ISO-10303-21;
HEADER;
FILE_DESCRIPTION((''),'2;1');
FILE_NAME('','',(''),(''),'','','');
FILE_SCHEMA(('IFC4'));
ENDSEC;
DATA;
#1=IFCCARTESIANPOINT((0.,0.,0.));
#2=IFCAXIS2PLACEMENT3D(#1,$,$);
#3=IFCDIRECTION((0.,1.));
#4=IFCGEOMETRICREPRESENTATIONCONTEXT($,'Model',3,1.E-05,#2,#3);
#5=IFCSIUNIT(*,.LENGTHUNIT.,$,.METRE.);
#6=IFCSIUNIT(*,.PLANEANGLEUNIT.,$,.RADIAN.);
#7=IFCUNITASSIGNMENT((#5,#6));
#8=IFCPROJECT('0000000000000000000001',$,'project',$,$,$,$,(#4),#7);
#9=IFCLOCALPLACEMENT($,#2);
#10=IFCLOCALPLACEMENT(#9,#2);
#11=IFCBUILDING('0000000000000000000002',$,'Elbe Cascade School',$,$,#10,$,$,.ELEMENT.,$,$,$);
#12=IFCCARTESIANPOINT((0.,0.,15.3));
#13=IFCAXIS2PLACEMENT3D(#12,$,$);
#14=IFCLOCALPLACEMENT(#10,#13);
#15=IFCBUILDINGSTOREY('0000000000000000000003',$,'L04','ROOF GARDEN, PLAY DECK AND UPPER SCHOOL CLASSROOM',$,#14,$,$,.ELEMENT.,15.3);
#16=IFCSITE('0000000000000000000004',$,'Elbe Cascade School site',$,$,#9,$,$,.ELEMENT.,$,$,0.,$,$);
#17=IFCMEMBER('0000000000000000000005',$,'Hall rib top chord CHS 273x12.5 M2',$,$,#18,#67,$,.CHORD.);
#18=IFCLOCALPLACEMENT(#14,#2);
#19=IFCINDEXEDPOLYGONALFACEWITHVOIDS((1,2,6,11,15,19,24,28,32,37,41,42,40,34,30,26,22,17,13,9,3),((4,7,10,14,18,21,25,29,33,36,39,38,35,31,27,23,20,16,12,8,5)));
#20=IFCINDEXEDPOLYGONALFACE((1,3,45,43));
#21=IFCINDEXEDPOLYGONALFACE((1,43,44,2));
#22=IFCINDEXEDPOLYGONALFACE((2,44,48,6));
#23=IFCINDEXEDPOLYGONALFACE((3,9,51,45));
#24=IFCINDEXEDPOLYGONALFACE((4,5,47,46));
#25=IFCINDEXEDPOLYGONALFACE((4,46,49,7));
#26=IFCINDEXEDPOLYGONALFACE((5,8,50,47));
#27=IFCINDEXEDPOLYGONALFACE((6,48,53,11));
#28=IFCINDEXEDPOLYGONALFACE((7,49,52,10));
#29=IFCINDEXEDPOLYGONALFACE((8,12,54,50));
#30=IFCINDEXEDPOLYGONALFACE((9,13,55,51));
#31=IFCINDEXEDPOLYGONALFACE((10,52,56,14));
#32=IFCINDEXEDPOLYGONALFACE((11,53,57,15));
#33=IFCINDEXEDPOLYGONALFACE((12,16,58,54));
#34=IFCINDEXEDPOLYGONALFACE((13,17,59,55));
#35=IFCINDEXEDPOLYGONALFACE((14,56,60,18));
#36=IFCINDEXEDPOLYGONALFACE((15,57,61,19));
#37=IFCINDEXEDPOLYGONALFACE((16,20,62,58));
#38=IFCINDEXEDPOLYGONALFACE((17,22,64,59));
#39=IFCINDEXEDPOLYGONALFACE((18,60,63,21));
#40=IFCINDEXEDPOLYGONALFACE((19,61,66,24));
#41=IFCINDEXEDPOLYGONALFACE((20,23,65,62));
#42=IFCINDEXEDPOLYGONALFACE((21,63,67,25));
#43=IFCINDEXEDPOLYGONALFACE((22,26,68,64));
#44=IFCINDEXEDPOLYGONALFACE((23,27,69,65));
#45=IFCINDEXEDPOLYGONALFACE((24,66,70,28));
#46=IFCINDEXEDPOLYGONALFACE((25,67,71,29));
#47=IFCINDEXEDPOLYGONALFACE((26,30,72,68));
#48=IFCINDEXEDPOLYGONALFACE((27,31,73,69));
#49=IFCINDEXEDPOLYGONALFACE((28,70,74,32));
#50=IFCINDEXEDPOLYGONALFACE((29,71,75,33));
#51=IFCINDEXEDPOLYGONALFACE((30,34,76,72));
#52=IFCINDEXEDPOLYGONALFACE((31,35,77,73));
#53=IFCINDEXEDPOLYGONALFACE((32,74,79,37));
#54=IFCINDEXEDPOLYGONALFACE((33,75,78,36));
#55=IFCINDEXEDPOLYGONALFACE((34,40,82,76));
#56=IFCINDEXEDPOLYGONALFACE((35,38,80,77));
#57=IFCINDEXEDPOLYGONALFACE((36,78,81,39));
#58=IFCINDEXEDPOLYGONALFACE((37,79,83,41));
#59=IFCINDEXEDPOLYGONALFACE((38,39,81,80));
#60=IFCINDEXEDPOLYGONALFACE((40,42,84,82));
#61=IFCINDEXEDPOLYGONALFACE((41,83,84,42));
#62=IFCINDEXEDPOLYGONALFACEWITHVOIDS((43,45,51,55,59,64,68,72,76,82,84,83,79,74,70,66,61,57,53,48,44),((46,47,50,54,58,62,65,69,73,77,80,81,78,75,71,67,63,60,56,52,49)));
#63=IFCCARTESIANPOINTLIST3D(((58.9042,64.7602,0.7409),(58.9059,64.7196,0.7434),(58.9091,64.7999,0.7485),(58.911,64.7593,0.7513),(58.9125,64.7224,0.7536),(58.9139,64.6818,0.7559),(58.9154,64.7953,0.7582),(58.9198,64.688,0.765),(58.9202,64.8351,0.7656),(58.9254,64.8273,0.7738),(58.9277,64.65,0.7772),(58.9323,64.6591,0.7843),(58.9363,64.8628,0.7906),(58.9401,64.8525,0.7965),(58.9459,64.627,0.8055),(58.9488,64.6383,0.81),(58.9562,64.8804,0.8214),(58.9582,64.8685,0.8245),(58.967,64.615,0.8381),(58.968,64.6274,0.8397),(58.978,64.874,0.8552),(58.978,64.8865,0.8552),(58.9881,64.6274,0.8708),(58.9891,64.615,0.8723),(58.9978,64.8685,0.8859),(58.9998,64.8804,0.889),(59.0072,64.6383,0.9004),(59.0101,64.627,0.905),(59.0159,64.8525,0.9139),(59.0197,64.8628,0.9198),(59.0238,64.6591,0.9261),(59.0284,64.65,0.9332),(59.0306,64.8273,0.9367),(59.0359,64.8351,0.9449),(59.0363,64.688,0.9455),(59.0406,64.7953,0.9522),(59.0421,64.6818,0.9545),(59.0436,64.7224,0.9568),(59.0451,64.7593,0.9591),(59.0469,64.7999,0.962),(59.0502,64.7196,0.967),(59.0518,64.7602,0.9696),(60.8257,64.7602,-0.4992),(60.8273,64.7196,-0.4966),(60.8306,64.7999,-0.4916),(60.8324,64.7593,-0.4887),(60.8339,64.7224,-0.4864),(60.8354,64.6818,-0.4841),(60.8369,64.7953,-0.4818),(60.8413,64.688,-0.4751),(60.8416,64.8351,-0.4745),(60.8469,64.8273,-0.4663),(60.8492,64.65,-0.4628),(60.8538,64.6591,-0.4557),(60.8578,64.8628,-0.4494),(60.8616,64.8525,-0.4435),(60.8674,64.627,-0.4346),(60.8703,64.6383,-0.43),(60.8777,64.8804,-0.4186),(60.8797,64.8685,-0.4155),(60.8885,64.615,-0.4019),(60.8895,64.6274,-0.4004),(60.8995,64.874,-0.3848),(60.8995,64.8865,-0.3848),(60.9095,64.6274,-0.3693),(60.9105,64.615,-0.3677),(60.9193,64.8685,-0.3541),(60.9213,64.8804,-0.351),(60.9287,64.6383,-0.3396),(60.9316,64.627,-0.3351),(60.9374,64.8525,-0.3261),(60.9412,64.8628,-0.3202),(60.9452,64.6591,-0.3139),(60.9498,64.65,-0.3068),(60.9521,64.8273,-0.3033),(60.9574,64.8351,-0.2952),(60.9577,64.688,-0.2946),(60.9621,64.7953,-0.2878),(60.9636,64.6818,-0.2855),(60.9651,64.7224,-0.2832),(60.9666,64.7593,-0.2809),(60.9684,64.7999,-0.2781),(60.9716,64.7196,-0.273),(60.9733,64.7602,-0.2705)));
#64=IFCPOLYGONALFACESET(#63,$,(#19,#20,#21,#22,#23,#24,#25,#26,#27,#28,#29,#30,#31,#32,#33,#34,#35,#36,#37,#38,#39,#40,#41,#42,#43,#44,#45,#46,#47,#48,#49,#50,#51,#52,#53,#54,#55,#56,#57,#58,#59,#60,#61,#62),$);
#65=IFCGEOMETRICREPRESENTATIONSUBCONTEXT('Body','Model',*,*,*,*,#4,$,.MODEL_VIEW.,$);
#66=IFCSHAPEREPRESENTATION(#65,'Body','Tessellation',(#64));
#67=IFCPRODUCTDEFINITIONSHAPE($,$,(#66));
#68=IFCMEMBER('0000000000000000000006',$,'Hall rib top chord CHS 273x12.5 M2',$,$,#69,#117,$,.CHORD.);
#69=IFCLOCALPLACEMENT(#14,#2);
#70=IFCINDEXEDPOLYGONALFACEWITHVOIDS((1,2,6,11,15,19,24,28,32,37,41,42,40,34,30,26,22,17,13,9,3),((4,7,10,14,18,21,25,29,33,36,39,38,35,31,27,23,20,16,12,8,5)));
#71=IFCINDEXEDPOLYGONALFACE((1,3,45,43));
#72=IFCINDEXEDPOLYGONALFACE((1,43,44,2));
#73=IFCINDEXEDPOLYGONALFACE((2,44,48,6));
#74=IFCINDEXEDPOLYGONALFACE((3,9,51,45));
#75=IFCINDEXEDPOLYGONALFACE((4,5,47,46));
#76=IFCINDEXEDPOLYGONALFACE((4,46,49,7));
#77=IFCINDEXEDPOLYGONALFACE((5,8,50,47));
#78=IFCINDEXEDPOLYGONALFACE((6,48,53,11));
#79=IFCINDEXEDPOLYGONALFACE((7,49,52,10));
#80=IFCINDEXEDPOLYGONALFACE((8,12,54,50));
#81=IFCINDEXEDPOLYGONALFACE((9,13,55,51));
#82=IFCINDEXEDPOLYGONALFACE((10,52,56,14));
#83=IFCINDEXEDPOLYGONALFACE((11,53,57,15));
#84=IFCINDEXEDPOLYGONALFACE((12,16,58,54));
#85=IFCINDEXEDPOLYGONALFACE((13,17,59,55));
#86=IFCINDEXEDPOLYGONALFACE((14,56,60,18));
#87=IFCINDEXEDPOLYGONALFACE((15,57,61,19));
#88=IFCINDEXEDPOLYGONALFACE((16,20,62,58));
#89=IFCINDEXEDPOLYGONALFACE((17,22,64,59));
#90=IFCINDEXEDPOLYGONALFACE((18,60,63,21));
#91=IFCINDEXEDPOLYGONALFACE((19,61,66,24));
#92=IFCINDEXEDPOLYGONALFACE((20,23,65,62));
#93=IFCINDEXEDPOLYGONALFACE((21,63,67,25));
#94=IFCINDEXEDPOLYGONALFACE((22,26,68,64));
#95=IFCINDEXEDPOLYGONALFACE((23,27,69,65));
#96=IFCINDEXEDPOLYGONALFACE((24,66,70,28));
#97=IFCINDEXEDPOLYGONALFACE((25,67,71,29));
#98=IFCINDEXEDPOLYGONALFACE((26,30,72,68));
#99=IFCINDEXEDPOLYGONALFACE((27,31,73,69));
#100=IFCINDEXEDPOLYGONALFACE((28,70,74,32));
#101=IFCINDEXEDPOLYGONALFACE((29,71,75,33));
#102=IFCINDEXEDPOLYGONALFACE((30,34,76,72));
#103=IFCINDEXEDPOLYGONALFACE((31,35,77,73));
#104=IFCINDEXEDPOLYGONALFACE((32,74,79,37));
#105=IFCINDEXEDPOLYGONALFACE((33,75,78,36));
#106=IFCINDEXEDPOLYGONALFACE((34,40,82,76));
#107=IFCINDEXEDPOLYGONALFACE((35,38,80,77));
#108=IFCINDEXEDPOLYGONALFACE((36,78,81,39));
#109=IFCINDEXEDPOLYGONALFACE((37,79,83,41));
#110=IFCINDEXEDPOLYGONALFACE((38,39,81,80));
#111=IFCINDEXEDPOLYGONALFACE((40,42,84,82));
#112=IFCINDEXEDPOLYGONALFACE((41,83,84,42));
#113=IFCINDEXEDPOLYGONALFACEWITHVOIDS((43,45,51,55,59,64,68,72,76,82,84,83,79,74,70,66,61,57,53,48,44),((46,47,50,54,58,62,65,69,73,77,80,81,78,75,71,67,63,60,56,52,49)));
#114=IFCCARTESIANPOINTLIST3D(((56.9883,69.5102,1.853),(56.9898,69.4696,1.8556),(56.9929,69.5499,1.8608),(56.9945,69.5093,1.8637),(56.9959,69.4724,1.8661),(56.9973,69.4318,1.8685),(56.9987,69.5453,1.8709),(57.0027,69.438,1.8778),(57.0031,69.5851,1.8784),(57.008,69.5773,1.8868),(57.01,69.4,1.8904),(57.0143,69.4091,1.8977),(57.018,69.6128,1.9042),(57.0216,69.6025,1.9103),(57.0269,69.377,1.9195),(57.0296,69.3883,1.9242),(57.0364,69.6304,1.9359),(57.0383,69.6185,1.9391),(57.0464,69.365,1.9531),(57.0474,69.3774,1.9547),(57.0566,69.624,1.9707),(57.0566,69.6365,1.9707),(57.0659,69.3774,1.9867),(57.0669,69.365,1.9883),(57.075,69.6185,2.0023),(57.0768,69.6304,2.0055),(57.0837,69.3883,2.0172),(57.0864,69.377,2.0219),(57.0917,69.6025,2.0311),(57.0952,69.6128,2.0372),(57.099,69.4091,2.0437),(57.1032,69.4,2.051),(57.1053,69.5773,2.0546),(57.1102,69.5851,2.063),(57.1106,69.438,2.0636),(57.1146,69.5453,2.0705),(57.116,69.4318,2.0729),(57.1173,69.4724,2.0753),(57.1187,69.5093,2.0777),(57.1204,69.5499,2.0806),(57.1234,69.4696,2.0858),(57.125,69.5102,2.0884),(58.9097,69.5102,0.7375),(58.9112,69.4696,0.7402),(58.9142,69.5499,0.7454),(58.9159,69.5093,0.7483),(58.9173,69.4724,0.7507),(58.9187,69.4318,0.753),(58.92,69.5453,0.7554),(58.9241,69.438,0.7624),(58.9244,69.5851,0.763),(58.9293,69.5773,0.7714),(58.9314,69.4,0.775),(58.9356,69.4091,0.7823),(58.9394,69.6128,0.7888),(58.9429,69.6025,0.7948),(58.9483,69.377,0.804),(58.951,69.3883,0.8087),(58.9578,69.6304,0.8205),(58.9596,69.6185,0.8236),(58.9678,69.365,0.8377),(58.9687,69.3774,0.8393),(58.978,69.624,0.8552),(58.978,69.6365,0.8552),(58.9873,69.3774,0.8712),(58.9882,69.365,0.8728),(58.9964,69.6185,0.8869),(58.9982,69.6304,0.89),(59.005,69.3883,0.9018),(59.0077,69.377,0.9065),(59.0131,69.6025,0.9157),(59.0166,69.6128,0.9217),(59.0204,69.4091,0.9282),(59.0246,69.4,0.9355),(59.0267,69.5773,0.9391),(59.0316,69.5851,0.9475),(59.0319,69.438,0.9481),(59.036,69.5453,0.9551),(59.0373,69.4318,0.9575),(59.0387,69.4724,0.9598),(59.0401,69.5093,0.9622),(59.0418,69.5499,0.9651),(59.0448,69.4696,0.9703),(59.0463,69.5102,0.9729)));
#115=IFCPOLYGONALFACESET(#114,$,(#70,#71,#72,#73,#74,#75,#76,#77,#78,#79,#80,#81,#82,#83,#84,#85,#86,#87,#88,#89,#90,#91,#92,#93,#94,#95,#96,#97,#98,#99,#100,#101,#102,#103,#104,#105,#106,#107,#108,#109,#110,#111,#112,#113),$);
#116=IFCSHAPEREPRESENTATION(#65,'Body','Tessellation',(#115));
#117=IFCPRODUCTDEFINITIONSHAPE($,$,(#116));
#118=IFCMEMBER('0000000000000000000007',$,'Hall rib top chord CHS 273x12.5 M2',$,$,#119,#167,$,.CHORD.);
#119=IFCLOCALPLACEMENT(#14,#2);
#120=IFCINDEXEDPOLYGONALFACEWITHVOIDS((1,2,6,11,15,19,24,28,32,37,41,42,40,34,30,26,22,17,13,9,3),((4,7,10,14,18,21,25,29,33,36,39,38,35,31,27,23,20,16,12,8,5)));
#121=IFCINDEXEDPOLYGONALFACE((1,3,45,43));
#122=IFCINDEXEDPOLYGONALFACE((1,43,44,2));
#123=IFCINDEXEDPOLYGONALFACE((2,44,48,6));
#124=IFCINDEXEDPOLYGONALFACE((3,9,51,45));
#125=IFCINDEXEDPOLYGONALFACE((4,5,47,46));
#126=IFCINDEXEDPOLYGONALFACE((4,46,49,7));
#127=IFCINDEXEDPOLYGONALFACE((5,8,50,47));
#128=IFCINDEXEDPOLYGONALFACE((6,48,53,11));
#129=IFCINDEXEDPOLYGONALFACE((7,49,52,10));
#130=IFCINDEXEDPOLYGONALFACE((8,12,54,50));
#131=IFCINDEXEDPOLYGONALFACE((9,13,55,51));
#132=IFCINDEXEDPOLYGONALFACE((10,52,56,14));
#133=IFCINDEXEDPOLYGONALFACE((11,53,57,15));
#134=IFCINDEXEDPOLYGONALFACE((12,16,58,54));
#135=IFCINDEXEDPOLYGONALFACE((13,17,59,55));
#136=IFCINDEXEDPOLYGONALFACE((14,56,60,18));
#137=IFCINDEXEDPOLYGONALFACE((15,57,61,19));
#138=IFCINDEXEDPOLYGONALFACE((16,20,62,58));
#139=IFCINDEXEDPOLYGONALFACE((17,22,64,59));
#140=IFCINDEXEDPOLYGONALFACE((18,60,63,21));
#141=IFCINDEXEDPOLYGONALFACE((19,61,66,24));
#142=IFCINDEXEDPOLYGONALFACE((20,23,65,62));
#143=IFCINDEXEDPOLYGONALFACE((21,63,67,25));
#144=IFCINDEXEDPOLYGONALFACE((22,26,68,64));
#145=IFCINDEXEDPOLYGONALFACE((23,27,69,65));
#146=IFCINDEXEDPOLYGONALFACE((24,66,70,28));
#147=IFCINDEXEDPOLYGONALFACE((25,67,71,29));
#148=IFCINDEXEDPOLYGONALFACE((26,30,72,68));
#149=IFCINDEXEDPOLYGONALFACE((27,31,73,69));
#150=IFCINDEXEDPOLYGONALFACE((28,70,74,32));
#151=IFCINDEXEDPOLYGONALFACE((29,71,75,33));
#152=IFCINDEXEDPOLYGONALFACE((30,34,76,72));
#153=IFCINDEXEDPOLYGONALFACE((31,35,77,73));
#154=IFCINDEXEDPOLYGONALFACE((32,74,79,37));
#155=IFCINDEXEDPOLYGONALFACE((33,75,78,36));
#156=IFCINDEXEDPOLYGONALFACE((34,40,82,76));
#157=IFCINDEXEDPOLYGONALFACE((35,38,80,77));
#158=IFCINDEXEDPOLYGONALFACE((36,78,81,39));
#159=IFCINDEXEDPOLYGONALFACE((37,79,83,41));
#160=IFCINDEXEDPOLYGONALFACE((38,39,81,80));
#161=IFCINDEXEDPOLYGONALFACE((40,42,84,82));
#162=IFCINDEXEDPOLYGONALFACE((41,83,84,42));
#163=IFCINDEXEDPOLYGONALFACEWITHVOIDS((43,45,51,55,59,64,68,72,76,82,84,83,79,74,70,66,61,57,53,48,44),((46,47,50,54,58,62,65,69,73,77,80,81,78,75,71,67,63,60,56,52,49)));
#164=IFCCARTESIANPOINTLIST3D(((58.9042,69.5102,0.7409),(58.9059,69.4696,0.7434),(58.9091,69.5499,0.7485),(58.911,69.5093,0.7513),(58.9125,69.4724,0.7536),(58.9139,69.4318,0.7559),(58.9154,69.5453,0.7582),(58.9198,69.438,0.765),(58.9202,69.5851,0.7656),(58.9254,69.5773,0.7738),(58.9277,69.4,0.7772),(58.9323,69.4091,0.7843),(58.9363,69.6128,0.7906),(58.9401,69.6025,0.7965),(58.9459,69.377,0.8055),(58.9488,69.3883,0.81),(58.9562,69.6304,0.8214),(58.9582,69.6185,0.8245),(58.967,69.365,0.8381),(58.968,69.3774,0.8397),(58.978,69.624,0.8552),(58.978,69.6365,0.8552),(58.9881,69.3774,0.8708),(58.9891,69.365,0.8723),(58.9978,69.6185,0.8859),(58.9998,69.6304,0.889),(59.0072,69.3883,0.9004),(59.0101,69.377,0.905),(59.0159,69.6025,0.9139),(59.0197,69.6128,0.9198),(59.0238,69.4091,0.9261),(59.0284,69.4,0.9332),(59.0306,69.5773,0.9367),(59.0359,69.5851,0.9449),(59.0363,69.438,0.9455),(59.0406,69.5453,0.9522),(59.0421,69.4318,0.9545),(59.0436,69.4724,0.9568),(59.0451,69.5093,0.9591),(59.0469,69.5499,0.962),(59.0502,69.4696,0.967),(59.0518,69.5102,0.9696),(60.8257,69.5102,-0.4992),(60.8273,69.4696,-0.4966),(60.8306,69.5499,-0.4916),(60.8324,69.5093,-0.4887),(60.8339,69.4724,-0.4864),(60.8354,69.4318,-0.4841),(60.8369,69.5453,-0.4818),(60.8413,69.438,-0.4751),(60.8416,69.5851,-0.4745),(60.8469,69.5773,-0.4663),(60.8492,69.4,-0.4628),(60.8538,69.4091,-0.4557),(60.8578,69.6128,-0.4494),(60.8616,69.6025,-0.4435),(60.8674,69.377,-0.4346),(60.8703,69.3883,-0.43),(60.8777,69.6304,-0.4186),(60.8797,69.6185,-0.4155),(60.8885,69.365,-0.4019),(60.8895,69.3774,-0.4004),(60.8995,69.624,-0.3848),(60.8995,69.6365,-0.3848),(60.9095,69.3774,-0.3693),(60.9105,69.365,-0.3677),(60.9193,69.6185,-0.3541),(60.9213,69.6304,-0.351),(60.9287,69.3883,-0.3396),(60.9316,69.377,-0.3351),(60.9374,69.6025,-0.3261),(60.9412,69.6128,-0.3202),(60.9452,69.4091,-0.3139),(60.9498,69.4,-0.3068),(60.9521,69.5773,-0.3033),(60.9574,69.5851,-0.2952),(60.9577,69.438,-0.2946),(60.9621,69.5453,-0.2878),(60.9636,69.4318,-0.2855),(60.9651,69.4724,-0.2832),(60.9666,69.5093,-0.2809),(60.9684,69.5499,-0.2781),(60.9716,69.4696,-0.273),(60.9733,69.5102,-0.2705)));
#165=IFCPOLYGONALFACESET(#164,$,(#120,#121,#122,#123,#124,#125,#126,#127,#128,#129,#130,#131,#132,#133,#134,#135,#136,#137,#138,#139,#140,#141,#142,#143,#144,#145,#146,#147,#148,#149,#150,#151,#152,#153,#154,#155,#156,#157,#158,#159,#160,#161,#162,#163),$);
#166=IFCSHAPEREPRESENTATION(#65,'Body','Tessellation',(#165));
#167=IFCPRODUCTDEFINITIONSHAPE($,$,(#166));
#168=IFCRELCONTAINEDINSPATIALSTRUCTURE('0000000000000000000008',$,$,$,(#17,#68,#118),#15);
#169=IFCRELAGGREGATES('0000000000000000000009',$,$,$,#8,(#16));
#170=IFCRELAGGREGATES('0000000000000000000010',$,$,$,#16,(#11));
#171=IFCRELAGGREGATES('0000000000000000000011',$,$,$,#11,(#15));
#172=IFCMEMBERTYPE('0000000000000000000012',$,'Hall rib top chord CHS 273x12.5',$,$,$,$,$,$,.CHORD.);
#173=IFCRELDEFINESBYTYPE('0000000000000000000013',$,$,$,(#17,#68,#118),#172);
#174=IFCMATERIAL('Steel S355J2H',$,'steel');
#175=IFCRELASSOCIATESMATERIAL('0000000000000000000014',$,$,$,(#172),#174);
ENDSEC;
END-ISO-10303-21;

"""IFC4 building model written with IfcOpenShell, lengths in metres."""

from ifc_helpers import new_model, si_unit, direction, frame, origin, origin_2d, place, context, subcontext, project, spatial, hollow_circle, extrude, material, material_profile, profile_set, type_object, element, save


model = new_model("IFC4")

# Units and contexts
model_context = context("Model", 3, precision=1e-05, world=origin(), true_north=direction((0.0, 1.0)))
body_context = subcontext(model_context, "Body", "Model", "MODEL_VIEW")
ifc_project = project(units=[si_unit("LENGTHUNIT", "METRE"), si_unit("PLANEANGLEUNIT", "RADIAN")], contexts=[model_context])

# Site, building, storey
site_placement = place(None, origin())
site = spatial("IfcSite", under=ifc_project, at=site_placement, Name="Elbe Cascade School site", CompositionType="ELEMENT", RefElevation=0.0)
building_placement = place(site_placement, origin())
building = spatial("IfcBuilding", under=site, at=building_placement, Name="Elbe Cascade School", CompositionType="ELEMENT")
storey_placement = place(building_placement, frame((0.0, 0.0, 15.3)))
storey = spatial("IfcBuildingStorey", under=building, at=storey_placement, Name="L04", Description="ROOF GARDEN, PLAY DECK AND UPPER SCHOOL CLASSROOM", CompositionType="ELEMENT", Elevation=15.3)

# Members
ifc_material_1 = material(Name="Steel S355J2H", Category="steel")
ifc_material_profile_1 = material_profile(ifc_material_1, hollow_circle(Radius=0.1365, WallThickness=0.0125, at=origin_2d()), Name="CHS 273x12.5")
ifc_profile_set_1 = profile_set([ifc_material_profile_1], Name="Steel S355J2H")
member_type_1 = type_object("IfcMemberType", Name="Hall rib top chord CHS 273x12.5", PredefinedType="CHORD", material=ifc_profile_set_1)
member_1_placement = place(storey_placement, frame((58.978, 64.75, 0.8552), z_axis=(0.84022, 0.0, -0.542246), x_axis=(0.0, 1.0, 0.0)))
element("IfcMember", 1, at=member_1_placement, inside=storey, type_object=member_type_1, Name="Hall rib top chord CHS 273x12.5 M2", PredefinedType="CHORD", context=body_context, shape_type="SweptSolid", body=[
    extrude(hollow_circle(Radius=0.1365, WallThickness=0.0125, at=origin_2d()), origin(), (0.0, 0.0, 1.0), 2.2869),
])
member_2_placement = place(storey_placement, frame((57.0566, 69.5, 1.9707), z_axis=(0.864821, 0.0, -0.50208), x_axis=(0.0, 1.0, 0.0)))
element("IfcMember", 2, at=member_2_placement, inside=storey, type_object=member_type_1, Name="Hall rib top chord CHS 273x12.5 M2", PredefinedType="CHORD", context=body_context, shape_type="SweptSolid", body=[
    extrude(hollow_circle(Radius=0.1365, WallThickness=0.0125, at=origin_2d()), origin(), (0.0, 0.0, 1.0), 2.2217),
])
member_3_placement = place(storey_placement, frame((58.978, 69.5, 0.8552), z_axis=(0.84022, 0.0, -0.542246), x_axis=(0.0, 1.0, 0.0)))
element("IfcMember", 3, at=member_3_placement, inside=storey, type_object=member_type_1, Name="Hall rib top chord CHS 273x12.5 M2", PredefinedType="CHORD", context=body_context, shape_type="SweptSolid", body=[
    extrude(hollow_circle(Radius=0.1365, WallThickness=0.0125, at=origin_2d()), origin(), (0.0, 0.0, 1.0), 2.2869),
])

save(model, "model.ifc")
